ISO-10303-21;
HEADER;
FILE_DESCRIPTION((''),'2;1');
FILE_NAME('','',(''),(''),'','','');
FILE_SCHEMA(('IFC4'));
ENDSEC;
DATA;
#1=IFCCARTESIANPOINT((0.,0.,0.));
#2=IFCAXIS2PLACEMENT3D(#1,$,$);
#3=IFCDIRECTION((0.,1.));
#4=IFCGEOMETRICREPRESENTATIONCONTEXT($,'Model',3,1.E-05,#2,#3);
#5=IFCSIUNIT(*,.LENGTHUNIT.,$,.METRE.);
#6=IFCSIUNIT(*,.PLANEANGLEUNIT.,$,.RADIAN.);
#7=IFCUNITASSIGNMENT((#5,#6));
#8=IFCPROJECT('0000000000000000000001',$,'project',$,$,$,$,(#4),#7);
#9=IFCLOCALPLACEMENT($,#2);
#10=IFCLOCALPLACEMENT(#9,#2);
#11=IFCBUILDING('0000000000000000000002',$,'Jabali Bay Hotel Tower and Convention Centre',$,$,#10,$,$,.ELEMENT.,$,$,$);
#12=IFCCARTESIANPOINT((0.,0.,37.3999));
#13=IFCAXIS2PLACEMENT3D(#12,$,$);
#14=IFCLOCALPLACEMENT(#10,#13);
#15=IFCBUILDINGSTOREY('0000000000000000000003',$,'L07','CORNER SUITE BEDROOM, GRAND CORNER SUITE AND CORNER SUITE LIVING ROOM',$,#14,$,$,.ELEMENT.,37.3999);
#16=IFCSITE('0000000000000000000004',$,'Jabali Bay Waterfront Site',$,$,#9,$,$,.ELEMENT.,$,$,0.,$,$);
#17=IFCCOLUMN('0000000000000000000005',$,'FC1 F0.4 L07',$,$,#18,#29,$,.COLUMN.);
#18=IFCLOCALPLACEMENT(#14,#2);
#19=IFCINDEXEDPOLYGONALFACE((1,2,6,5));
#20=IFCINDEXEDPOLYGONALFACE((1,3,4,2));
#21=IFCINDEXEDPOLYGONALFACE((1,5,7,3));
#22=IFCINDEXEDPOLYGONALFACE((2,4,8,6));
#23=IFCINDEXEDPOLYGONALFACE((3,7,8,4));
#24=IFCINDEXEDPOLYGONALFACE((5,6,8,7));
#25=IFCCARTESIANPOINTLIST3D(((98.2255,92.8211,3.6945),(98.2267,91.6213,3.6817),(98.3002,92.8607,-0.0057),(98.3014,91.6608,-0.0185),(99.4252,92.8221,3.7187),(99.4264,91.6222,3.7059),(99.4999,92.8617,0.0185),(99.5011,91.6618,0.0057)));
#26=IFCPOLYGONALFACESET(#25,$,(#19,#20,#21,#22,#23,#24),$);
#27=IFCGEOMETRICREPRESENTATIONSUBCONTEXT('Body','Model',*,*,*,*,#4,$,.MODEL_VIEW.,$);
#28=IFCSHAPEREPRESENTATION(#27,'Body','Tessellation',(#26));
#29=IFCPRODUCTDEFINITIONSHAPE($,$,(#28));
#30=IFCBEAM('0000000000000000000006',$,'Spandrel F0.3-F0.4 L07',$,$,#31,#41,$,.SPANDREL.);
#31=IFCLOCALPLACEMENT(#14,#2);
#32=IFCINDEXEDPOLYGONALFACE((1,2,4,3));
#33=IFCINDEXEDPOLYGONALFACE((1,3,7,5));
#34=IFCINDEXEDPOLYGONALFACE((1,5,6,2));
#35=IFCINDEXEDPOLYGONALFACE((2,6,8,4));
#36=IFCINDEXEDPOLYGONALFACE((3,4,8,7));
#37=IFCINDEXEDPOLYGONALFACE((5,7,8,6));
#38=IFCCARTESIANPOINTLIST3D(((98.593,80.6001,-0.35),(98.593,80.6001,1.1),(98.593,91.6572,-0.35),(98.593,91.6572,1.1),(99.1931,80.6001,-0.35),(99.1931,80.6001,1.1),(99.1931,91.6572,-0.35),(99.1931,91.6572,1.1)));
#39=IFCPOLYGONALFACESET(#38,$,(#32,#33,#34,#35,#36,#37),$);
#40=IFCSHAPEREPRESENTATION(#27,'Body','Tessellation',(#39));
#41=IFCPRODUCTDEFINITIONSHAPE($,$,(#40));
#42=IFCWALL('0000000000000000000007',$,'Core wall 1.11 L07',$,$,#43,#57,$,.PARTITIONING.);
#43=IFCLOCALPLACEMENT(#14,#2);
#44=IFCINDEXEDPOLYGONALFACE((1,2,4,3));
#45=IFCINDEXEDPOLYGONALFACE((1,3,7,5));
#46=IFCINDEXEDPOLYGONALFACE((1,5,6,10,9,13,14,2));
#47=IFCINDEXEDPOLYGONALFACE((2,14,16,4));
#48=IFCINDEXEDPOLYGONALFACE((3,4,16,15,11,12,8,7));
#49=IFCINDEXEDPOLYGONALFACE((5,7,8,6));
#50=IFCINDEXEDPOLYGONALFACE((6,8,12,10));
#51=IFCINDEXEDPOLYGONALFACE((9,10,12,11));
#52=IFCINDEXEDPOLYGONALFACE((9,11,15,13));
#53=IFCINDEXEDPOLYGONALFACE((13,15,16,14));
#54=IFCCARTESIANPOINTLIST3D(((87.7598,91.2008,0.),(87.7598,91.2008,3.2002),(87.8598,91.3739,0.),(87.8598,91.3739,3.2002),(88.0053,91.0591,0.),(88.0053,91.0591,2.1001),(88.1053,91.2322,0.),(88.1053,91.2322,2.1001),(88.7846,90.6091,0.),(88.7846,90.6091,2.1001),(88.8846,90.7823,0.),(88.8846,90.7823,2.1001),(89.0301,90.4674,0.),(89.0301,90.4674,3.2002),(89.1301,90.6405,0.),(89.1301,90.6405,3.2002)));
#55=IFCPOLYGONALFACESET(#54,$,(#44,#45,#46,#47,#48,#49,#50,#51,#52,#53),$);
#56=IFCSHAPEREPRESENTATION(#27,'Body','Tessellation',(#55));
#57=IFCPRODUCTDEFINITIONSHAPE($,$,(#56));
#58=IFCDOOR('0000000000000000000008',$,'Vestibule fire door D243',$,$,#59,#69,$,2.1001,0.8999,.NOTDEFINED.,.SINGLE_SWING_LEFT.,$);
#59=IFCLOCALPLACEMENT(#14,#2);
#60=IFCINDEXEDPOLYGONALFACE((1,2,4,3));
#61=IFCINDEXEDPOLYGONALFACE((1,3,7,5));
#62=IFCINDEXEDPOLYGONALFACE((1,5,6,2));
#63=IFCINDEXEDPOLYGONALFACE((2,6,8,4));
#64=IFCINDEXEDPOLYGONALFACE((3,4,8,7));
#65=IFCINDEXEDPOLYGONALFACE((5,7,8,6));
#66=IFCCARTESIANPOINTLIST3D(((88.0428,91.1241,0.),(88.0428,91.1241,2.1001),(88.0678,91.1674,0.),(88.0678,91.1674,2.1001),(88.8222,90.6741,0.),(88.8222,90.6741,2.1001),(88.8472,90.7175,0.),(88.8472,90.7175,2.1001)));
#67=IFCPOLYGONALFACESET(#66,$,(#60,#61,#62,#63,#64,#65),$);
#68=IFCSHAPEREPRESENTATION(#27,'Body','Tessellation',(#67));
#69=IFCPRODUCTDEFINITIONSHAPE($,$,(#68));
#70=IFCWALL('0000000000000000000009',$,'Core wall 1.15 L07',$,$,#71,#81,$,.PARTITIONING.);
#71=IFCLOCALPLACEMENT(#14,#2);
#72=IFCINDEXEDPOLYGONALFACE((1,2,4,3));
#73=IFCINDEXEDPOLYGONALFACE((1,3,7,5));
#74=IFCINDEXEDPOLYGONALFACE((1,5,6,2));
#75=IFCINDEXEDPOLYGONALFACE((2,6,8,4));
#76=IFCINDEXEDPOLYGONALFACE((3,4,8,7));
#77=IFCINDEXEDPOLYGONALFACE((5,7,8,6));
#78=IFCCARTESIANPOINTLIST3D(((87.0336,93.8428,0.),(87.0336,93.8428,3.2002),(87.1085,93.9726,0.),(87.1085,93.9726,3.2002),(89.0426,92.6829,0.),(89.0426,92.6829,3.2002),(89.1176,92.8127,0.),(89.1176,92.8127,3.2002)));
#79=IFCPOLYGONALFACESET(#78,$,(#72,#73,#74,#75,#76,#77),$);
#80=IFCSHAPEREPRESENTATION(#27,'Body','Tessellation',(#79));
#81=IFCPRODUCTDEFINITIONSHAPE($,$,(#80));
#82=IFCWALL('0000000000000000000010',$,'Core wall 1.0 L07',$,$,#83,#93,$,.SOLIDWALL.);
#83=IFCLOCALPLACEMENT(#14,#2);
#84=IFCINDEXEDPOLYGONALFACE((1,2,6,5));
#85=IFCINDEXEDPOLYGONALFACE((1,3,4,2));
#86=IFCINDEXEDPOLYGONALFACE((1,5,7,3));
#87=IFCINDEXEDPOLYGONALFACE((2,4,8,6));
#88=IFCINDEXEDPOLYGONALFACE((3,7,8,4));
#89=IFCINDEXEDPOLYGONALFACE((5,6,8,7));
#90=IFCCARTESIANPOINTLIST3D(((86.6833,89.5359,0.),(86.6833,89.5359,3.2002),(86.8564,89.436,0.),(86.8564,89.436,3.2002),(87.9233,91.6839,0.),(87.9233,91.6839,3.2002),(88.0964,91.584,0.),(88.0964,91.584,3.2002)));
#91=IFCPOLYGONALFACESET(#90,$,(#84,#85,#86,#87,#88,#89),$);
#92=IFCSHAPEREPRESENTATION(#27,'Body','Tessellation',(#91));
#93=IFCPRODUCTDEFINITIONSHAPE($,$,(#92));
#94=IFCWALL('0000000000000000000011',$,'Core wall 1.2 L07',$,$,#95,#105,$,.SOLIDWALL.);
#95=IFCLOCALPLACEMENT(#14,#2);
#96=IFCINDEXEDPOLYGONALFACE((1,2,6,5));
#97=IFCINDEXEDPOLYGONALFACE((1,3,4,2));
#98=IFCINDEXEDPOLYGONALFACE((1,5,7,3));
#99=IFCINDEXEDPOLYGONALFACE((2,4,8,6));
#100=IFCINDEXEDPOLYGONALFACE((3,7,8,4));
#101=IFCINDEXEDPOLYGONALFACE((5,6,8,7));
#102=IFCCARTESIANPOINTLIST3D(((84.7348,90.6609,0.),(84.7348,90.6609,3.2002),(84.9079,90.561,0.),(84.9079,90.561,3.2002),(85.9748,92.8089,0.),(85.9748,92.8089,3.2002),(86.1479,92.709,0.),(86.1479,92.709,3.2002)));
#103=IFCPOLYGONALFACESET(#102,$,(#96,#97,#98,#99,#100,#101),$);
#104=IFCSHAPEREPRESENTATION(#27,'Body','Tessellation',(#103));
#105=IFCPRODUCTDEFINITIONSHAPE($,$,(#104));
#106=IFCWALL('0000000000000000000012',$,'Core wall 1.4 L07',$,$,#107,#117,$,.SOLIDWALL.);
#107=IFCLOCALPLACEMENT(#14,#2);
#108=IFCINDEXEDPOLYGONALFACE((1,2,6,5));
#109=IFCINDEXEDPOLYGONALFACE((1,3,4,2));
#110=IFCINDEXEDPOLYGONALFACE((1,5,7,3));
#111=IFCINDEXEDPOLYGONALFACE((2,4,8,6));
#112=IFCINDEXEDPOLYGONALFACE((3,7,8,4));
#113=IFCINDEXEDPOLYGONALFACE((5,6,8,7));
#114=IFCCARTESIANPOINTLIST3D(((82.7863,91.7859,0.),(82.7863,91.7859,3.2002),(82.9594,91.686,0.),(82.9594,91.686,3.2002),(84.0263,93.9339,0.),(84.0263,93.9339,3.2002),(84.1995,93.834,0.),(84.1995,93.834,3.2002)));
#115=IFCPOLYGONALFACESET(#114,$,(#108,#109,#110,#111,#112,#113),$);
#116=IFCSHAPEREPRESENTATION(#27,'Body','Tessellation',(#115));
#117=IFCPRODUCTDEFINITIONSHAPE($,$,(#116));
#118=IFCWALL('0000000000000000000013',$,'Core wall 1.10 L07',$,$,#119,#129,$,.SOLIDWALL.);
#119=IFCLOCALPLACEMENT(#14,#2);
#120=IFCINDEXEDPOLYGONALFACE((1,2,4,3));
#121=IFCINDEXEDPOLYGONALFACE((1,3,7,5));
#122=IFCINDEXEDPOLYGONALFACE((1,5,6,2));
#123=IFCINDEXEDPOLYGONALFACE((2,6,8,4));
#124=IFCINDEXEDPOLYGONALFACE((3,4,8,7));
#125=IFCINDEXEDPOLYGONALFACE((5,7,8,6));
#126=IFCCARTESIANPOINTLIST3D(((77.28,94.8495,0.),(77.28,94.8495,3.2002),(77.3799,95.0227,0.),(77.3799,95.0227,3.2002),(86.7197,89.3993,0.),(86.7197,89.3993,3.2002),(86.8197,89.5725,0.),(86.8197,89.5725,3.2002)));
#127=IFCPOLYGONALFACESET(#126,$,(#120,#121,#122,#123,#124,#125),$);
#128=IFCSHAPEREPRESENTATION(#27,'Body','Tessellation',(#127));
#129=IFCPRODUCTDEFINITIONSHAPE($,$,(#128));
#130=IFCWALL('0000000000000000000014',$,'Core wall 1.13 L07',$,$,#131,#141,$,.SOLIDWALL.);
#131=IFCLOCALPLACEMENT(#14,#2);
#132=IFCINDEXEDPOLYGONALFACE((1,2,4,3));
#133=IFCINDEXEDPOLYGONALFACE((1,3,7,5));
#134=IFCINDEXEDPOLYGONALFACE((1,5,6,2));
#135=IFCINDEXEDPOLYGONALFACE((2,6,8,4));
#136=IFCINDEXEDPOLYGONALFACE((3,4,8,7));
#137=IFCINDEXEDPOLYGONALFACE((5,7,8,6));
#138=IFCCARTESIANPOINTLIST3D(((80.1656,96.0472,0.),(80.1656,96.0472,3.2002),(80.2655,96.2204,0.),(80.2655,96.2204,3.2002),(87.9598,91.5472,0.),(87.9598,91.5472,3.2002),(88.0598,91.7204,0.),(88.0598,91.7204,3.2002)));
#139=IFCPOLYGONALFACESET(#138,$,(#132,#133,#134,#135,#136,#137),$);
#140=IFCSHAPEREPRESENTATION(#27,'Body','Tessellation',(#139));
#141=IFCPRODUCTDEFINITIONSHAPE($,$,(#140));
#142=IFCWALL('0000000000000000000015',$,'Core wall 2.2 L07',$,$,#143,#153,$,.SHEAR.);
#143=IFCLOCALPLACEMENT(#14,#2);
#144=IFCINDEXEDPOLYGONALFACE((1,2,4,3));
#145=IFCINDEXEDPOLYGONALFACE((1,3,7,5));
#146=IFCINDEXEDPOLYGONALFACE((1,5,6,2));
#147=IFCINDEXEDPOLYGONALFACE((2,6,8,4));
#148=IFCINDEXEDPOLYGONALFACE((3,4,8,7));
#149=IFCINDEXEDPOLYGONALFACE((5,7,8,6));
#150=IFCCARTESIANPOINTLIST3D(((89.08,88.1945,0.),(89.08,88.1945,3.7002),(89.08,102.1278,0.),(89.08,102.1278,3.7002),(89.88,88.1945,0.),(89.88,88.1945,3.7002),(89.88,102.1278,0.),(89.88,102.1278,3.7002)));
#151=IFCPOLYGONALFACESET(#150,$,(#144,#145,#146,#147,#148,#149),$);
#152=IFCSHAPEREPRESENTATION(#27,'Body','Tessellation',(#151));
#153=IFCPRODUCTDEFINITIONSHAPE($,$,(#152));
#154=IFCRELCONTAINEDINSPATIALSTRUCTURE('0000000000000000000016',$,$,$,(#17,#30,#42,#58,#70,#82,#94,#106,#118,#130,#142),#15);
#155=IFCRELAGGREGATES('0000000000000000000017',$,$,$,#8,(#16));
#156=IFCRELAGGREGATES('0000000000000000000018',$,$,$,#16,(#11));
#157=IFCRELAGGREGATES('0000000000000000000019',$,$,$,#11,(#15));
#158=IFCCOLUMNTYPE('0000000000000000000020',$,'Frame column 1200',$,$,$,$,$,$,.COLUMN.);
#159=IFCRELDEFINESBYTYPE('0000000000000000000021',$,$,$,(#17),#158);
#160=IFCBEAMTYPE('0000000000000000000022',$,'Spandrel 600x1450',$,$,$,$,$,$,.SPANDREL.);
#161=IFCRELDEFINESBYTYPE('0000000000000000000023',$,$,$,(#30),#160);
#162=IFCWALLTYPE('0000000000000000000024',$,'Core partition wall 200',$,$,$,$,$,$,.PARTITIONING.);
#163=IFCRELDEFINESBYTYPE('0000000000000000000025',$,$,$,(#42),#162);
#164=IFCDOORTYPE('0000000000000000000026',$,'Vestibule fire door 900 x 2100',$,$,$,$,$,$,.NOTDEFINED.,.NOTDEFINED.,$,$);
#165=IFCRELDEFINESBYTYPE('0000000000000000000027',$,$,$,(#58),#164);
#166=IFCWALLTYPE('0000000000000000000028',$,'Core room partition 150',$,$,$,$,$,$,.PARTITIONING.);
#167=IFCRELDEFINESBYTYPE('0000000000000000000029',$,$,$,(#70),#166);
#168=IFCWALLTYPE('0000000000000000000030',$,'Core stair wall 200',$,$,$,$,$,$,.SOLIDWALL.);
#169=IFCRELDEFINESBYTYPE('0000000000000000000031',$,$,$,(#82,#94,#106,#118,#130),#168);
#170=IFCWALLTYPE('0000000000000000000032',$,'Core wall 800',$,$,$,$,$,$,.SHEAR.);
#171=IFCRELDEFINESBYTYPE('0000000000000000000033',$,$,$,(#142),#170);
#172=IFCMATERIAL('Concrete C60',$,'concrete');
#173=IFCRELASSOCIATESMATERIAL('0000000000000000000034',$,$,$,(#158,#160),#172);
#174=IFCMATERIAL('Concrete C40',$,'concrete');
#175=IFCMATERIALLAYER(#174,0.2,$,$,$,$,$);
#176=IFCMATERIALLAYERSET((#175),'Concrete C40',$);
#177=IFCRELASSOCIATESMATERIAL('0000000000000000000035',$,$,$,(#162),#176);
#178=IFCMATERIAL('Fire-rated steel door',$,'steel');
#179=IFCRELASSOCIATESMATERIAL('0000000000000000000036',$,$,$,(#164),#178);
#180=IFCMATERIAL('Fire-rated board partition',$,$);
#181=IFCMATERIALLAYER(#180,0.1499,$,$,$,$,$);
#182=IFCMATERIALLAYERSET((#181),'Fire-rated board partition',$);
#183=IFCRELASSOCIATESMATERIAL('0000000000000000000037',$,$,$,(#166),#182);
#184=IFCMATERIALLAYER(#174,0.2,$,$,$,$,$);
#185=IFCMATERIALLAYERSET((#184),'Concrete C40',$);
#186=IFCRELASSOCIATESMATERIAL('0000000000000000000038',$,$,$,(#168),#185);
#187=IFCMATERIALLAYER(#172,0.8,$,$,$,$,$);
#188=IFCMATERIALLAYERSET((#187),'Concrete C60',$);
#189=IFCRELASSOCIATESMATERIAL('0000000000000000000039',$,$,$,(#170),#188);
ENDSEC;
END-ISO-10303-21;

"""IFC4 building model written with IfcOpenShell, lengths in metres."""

from ifc_helpers import new_model, si_unit, direction, frame, frame_2d, origin, origin_2d, place, context, subcontext, project, spatial, rectangle, extrude, material, layer, layer_set, material_profile, profile_set, type_object, element, fill, save


model = new_model("IFC4")

# Units and contexts
model_context = context("Model", 3, precision=1e-05, world=origin(), true_north=direction((0.0, 1.0)))
body_context = subcontext(model_context, "Body", "Model", "MODEL_VIEW")
ifc_project = project(units=[si_unit("LENGTHUNIT", "METRE"), si_unit("PLANEANGLEUNIT", "RADIAN")], contexts=[model_context])

# Site, building, storey
site_placement = place(None, origin())
site = spatial("IfcSite", under=ifc_project, at=site_placement, Name="Jabali Bay Waterfront Site", CompositionType="ELEMENT", RefElevation=0.0)
building_placement = place(site_placement, origin())
building = spatial("IfcBuilding", under=site, at=building_placement, Name="Jabali Bay Hotel Tower and Convention Centre", CompositionType="ELEMENT")
storey_placement = place(building_placement, frame((0.0, 0.0, 37.3999)))
storey = spatial("IfcBuildingStorey", under=building, at=storey_placement, Name="L07", Description="CORNER SUITE BEDROOM, GRAND CORNER SUITE AND CORNER SUITE LIVING ROOM", CompositionType="ELEMENT", Elevation=37.3999)

# Column
ifc_material_1 = material(Name="Concrete C60", Category="concrete")
ifc_material_profile_1 = material_profile(ifc_material_1, rectangle(XDim=1.2, YDim=1.2, at=origin_2d()), Name="Frame column 1200")
ifc_profile_set_1 = profile_set([ifc_material_profile_1], Name="Concrete C60")
column_type = type_object("IfcColumnType", Name="Frame column 1200", PredefinedType="COLUMN", material=ifc_profile_set_1)
column_placement = place(storey_placement, frame((98.9006, 92.2612, 0.0), z_axis=(-0.020185, -0.010686, 0.999739), x_axis=(0.999796, 0.000808, 0.020195)))
element("IfcColumn", 1, at=column_placement, inside=storey, type_object=column_type, Name="FC1 F0.4 L07", PredefinedType="COLUMN", context=body_context, shape_type="SweptSolid", body=[
    extrude(rectangle(XDim=1.2, YDim=1.2, at=origin_2d()), origin(), (0.0, 0.0, 1.0), 3.7012),
])

# Beam
ifc_material_profile_2 = material_profile(ifc_material_1, rectangle(XDim=0.6001, YDim=1.45, at=origin_2d()), Name="Spandrel 600x1450")
ifc_profile_set_2 = profile_set([ifc_material_profile_2], Name="Concrete C60")
beam_type = type_object("IfcBeamType", Name="Spandrel 600x1450", PredefinedType="SPANDREL", material=ifc_profile_set_2)
beam_placement = place(storey_placement, frame((98.8931, 80.6001, 0.375), z_axis=(0.0, 1.0, 0.0), x_axis=(-1.0, 0.0, 0.0)))
element("IfcBeam", 2, at=beam_placement, inside=storey, type_object=beam_type, Name="Spandrel F0.3-F0.4 L07", PredefinedType="SPANDREL", context=body_context, shape_type="SweptSolid", body=[
    extrude(rectangle(XDim=0.6001, YDim=1.45, at=origin_2d()), origin(), (0.0, 0.0, 1.0), 11.0571),
])

# Wall, opening, door
ifc_material_2 = material(Name="Concrete C40", Category="concrete")
ifc_layer_1 = layer(ifc_material_2, 0.2)
ifc_layer_set_1 = layer_set([ifc_layer_1], Name="Concrete C40")
wall_type_1 = type_object("IfcWallType", Name="Core partition wall 200", PredefinedType="PARTITIONING", material=ifc_layer_set_1)
wall_1_placement = place(storey_placement, frame((89.0801, 90.554, 0.0), z_axis=(0.0, 0.0, 1.0), x_axis=(-0.866022, 0.500006, 0.0)))
wall_1 = element("IfcWall", 3, at=wall_1_placement, inside=storey, type_object=wall_type_1, Name="Core wall 1.11 L07", PredefinedType="PARTITIONING", context=body_context, shape_type="SweptSolid", body=[
    extrude(rectangle(XDim=1.4668, YDim=0.2, at=frame_2d((0.7334, 0.0))), origin(), (0.0, 0.0, 1.0), 3.2002),
])
opening_1_placement = place(wall_1_placement, frame((0.2834, 0.0, 0.0)))
opening_1 = element("IfcOpeningElement", 4, at=opening_1_placement, cuts=wall_1, PredefinedType="OPENING", context=body_context, shape_type="SweptSolid", body=[
    extrude(rectangle(XDim=0.8999, YDim=2.1001, at=frame_2d((0.45, 1.05))), frame((0.0, 0.1104, 0.0), z_axis=(0.0, -1.0, 0.0), x_axis=(1.0, 0.0, 0.0)), (0.0, 0.0, 1.0), 0.2209),
])
ifc_material_3 = material(Name="Fire-rated steel door", Category="steel")
door_type_1 = type_object("IfcDoorType", Name="Vestibule fire door 900 x 2100", OperationType="NOTDEFINED", PredefinedType="NOTDEFINED", material=ifc_material_3)
door_1_placement = place(opening_1_placement, origin())
door_1 = element("IfcDoor", 5, at=door_1_placement, inside=storey, type_object=door_type_1, Name="Vestibule fire door D243", OperationType="SINGLE_SWING_LEFT", OverallHeight=2.1001, OverallWidth=0.8999, PredefinedType="NOTDEFINED", context=body_context, shape_type="SweptSolid", body=[
    extrude(rectangle(XDim=0.8999, YDim=2.1001, at=frame_2d((0.45, 1.05))), frame((0.0, 0.0249, 0.0), z_axis=(0.0, -1.0, 0.0), x_axis=(1.0, 0.0, 0.0)), (0.0, 0.0, 1.0), 0.05),
])
fill(opening_1, door_1)

# Walls
ifc_material_4 = material(Name="Fire-rated board partition")
ifc_layer_2 = layer(ifc_material_4, 0.1499)
ifc_layer_set_2 = layer_set([ifc_layer_2], Name="Fire-rated board partition")
wall_type_2 = type_object("IfcWallType", Name="Core room partition 150", PredefinedType="PARTITIONING", material=ifc_layer_set_2)
wall_2_placement = place(storey_placement, frame((89.0801, 92.7478, 0.0), z_axis=(0.0, 0.0, 1.0), x_axis=(-0.866026, 0.499999, 0.0)))
element("IfcWall", 6, at=wall_2_placement, inside=storey, type_object=wall_type_2, Name="Core wall 1.15 L07", PredefinedType="PARTITIONING", context=body_context, shape_type="SweptSolid", body=[
    extrude(rectangle(XDim=2.3198, YDim=0.1499, at=frame_2d((1.1599, 0.0))), origin(), (0.0, 0.0, 1.0), 3.2002),
])
ifc_layer_3 = layer(ifc_material_2, 0.2)
ifc_layer_set_3 = layer_set([ifc_layer_3], Name="Concrete C40")
wall_type_3 = type_object("IfcWallType", Name="Core stair wall 200", PredefinedType="SOLIDWALL", material=ifc_layer_set_3)
for number, where, z_axis, x_axis, name in (
    (7, (86.7698, 89.4858, 0.0), (0.0, 0.0, 1.0), (0.499961, 0.866048, 0.0), "Core wall 1.0 L07"),
    (8, (84.8213, 90.6108, 0.0), (0.0, 0.0, 1.0), (0.499961, 0.866048, 0.0), "Core wall 1.2 L07"),
    (9, (82.8728, 91.7358, 0.0), (0.0, 0.0, 1.0), (0.499961, 0.866048, 0.0), "Core wall 1.4 L07"),
):
    element("IfcWall", number, at=place(storey_placement, frame(where, z_axis=z_axis, x_axis=x_axis)), inside=storey, type_object=wall_type_3, Name=name, PredefinedType="SOLIDWALL", context=body_context, shape_type="SweptSolid", body=[
        extrude(rectangle(XDim=2.4802, YDim=0.2, at=frame_2d((1.2402, 0.0))), origin(), (0.0, 0.0, 1.0), 3.2002),
    ])
wall_3_placement = place(storey_placement, frame((86.7698, 89.4858, 0.0), z_axis=(0.0, 0.0, 1.0), x_axis=(-0.866018, 0.500013, 0.0)))
element("IfcWall", 10, at=wall_3_placement, inside=storey, type_object=wall_type_3, Name="Core wall 1.10 L07", PredefinedType="SOLIDWALL", context=body_context, shape_type="SweptSolid", body=[
    extrude(rectangle(XDim=10.9001, YDim=0.2, at=frame_2d((5.4502, 0.0))), origin(), (0.0, 0.0, 1.0), 3.2002),
])
wall_4_placement = place(storey_placement, frame((88.0098, 91.6338, 0.0), z_axis=(0.0, 0.0, 1.0), x_axis=(-0.866024, 0.500002, 0.0)))
element("IfcWall", 11, at=wall_4_placement, inside=storey, type_object=wall_type_3, Name="Core wall 1.13 L07", PredefinedType="SOLIDWALL", context=body_context, shape_type="SweptSolid", body=[
    extrude(rectangle(XDim=9.0, YDim=0.2, at=frame_2d((4.5, 0.0))), origin(), (0.0, 0.0, 1.0), 3.2002),
])
ifc_layer_4 = layer(ifc_material_1, 0.8)
ifc_layer_set_4 = layer_set([ifc_layer_4], Name="Concrete C60")
wall_type_4 = type_object("IfcWallType", Name="Core wall 800", PredefinedType="SHEAR", material=ifc_layer_set_4)
wall_5_placement = place(storey_placement, frame((89.48, 88.1943, 0.0), z_axis=(0.0, 0.0, 1.0), x_axis=(0.0, 1.0, 0.0)))
element("IfcWall", 12, at=wall_5_placement, inside=storey, type_object=wall_type_4, Name="Core wall 2.2 L07", PredefinedType="SHEAR", context=body_context, shape_type="SweptSolid", body=[
    extrude(rectangle(XDim=13.9333, YDim=0.8, at=frame_2d((6.9668, 0.0))), origin(), (0.0, 0.0, 1.0), 3.7002),
])

save(model, "model.ifc")
